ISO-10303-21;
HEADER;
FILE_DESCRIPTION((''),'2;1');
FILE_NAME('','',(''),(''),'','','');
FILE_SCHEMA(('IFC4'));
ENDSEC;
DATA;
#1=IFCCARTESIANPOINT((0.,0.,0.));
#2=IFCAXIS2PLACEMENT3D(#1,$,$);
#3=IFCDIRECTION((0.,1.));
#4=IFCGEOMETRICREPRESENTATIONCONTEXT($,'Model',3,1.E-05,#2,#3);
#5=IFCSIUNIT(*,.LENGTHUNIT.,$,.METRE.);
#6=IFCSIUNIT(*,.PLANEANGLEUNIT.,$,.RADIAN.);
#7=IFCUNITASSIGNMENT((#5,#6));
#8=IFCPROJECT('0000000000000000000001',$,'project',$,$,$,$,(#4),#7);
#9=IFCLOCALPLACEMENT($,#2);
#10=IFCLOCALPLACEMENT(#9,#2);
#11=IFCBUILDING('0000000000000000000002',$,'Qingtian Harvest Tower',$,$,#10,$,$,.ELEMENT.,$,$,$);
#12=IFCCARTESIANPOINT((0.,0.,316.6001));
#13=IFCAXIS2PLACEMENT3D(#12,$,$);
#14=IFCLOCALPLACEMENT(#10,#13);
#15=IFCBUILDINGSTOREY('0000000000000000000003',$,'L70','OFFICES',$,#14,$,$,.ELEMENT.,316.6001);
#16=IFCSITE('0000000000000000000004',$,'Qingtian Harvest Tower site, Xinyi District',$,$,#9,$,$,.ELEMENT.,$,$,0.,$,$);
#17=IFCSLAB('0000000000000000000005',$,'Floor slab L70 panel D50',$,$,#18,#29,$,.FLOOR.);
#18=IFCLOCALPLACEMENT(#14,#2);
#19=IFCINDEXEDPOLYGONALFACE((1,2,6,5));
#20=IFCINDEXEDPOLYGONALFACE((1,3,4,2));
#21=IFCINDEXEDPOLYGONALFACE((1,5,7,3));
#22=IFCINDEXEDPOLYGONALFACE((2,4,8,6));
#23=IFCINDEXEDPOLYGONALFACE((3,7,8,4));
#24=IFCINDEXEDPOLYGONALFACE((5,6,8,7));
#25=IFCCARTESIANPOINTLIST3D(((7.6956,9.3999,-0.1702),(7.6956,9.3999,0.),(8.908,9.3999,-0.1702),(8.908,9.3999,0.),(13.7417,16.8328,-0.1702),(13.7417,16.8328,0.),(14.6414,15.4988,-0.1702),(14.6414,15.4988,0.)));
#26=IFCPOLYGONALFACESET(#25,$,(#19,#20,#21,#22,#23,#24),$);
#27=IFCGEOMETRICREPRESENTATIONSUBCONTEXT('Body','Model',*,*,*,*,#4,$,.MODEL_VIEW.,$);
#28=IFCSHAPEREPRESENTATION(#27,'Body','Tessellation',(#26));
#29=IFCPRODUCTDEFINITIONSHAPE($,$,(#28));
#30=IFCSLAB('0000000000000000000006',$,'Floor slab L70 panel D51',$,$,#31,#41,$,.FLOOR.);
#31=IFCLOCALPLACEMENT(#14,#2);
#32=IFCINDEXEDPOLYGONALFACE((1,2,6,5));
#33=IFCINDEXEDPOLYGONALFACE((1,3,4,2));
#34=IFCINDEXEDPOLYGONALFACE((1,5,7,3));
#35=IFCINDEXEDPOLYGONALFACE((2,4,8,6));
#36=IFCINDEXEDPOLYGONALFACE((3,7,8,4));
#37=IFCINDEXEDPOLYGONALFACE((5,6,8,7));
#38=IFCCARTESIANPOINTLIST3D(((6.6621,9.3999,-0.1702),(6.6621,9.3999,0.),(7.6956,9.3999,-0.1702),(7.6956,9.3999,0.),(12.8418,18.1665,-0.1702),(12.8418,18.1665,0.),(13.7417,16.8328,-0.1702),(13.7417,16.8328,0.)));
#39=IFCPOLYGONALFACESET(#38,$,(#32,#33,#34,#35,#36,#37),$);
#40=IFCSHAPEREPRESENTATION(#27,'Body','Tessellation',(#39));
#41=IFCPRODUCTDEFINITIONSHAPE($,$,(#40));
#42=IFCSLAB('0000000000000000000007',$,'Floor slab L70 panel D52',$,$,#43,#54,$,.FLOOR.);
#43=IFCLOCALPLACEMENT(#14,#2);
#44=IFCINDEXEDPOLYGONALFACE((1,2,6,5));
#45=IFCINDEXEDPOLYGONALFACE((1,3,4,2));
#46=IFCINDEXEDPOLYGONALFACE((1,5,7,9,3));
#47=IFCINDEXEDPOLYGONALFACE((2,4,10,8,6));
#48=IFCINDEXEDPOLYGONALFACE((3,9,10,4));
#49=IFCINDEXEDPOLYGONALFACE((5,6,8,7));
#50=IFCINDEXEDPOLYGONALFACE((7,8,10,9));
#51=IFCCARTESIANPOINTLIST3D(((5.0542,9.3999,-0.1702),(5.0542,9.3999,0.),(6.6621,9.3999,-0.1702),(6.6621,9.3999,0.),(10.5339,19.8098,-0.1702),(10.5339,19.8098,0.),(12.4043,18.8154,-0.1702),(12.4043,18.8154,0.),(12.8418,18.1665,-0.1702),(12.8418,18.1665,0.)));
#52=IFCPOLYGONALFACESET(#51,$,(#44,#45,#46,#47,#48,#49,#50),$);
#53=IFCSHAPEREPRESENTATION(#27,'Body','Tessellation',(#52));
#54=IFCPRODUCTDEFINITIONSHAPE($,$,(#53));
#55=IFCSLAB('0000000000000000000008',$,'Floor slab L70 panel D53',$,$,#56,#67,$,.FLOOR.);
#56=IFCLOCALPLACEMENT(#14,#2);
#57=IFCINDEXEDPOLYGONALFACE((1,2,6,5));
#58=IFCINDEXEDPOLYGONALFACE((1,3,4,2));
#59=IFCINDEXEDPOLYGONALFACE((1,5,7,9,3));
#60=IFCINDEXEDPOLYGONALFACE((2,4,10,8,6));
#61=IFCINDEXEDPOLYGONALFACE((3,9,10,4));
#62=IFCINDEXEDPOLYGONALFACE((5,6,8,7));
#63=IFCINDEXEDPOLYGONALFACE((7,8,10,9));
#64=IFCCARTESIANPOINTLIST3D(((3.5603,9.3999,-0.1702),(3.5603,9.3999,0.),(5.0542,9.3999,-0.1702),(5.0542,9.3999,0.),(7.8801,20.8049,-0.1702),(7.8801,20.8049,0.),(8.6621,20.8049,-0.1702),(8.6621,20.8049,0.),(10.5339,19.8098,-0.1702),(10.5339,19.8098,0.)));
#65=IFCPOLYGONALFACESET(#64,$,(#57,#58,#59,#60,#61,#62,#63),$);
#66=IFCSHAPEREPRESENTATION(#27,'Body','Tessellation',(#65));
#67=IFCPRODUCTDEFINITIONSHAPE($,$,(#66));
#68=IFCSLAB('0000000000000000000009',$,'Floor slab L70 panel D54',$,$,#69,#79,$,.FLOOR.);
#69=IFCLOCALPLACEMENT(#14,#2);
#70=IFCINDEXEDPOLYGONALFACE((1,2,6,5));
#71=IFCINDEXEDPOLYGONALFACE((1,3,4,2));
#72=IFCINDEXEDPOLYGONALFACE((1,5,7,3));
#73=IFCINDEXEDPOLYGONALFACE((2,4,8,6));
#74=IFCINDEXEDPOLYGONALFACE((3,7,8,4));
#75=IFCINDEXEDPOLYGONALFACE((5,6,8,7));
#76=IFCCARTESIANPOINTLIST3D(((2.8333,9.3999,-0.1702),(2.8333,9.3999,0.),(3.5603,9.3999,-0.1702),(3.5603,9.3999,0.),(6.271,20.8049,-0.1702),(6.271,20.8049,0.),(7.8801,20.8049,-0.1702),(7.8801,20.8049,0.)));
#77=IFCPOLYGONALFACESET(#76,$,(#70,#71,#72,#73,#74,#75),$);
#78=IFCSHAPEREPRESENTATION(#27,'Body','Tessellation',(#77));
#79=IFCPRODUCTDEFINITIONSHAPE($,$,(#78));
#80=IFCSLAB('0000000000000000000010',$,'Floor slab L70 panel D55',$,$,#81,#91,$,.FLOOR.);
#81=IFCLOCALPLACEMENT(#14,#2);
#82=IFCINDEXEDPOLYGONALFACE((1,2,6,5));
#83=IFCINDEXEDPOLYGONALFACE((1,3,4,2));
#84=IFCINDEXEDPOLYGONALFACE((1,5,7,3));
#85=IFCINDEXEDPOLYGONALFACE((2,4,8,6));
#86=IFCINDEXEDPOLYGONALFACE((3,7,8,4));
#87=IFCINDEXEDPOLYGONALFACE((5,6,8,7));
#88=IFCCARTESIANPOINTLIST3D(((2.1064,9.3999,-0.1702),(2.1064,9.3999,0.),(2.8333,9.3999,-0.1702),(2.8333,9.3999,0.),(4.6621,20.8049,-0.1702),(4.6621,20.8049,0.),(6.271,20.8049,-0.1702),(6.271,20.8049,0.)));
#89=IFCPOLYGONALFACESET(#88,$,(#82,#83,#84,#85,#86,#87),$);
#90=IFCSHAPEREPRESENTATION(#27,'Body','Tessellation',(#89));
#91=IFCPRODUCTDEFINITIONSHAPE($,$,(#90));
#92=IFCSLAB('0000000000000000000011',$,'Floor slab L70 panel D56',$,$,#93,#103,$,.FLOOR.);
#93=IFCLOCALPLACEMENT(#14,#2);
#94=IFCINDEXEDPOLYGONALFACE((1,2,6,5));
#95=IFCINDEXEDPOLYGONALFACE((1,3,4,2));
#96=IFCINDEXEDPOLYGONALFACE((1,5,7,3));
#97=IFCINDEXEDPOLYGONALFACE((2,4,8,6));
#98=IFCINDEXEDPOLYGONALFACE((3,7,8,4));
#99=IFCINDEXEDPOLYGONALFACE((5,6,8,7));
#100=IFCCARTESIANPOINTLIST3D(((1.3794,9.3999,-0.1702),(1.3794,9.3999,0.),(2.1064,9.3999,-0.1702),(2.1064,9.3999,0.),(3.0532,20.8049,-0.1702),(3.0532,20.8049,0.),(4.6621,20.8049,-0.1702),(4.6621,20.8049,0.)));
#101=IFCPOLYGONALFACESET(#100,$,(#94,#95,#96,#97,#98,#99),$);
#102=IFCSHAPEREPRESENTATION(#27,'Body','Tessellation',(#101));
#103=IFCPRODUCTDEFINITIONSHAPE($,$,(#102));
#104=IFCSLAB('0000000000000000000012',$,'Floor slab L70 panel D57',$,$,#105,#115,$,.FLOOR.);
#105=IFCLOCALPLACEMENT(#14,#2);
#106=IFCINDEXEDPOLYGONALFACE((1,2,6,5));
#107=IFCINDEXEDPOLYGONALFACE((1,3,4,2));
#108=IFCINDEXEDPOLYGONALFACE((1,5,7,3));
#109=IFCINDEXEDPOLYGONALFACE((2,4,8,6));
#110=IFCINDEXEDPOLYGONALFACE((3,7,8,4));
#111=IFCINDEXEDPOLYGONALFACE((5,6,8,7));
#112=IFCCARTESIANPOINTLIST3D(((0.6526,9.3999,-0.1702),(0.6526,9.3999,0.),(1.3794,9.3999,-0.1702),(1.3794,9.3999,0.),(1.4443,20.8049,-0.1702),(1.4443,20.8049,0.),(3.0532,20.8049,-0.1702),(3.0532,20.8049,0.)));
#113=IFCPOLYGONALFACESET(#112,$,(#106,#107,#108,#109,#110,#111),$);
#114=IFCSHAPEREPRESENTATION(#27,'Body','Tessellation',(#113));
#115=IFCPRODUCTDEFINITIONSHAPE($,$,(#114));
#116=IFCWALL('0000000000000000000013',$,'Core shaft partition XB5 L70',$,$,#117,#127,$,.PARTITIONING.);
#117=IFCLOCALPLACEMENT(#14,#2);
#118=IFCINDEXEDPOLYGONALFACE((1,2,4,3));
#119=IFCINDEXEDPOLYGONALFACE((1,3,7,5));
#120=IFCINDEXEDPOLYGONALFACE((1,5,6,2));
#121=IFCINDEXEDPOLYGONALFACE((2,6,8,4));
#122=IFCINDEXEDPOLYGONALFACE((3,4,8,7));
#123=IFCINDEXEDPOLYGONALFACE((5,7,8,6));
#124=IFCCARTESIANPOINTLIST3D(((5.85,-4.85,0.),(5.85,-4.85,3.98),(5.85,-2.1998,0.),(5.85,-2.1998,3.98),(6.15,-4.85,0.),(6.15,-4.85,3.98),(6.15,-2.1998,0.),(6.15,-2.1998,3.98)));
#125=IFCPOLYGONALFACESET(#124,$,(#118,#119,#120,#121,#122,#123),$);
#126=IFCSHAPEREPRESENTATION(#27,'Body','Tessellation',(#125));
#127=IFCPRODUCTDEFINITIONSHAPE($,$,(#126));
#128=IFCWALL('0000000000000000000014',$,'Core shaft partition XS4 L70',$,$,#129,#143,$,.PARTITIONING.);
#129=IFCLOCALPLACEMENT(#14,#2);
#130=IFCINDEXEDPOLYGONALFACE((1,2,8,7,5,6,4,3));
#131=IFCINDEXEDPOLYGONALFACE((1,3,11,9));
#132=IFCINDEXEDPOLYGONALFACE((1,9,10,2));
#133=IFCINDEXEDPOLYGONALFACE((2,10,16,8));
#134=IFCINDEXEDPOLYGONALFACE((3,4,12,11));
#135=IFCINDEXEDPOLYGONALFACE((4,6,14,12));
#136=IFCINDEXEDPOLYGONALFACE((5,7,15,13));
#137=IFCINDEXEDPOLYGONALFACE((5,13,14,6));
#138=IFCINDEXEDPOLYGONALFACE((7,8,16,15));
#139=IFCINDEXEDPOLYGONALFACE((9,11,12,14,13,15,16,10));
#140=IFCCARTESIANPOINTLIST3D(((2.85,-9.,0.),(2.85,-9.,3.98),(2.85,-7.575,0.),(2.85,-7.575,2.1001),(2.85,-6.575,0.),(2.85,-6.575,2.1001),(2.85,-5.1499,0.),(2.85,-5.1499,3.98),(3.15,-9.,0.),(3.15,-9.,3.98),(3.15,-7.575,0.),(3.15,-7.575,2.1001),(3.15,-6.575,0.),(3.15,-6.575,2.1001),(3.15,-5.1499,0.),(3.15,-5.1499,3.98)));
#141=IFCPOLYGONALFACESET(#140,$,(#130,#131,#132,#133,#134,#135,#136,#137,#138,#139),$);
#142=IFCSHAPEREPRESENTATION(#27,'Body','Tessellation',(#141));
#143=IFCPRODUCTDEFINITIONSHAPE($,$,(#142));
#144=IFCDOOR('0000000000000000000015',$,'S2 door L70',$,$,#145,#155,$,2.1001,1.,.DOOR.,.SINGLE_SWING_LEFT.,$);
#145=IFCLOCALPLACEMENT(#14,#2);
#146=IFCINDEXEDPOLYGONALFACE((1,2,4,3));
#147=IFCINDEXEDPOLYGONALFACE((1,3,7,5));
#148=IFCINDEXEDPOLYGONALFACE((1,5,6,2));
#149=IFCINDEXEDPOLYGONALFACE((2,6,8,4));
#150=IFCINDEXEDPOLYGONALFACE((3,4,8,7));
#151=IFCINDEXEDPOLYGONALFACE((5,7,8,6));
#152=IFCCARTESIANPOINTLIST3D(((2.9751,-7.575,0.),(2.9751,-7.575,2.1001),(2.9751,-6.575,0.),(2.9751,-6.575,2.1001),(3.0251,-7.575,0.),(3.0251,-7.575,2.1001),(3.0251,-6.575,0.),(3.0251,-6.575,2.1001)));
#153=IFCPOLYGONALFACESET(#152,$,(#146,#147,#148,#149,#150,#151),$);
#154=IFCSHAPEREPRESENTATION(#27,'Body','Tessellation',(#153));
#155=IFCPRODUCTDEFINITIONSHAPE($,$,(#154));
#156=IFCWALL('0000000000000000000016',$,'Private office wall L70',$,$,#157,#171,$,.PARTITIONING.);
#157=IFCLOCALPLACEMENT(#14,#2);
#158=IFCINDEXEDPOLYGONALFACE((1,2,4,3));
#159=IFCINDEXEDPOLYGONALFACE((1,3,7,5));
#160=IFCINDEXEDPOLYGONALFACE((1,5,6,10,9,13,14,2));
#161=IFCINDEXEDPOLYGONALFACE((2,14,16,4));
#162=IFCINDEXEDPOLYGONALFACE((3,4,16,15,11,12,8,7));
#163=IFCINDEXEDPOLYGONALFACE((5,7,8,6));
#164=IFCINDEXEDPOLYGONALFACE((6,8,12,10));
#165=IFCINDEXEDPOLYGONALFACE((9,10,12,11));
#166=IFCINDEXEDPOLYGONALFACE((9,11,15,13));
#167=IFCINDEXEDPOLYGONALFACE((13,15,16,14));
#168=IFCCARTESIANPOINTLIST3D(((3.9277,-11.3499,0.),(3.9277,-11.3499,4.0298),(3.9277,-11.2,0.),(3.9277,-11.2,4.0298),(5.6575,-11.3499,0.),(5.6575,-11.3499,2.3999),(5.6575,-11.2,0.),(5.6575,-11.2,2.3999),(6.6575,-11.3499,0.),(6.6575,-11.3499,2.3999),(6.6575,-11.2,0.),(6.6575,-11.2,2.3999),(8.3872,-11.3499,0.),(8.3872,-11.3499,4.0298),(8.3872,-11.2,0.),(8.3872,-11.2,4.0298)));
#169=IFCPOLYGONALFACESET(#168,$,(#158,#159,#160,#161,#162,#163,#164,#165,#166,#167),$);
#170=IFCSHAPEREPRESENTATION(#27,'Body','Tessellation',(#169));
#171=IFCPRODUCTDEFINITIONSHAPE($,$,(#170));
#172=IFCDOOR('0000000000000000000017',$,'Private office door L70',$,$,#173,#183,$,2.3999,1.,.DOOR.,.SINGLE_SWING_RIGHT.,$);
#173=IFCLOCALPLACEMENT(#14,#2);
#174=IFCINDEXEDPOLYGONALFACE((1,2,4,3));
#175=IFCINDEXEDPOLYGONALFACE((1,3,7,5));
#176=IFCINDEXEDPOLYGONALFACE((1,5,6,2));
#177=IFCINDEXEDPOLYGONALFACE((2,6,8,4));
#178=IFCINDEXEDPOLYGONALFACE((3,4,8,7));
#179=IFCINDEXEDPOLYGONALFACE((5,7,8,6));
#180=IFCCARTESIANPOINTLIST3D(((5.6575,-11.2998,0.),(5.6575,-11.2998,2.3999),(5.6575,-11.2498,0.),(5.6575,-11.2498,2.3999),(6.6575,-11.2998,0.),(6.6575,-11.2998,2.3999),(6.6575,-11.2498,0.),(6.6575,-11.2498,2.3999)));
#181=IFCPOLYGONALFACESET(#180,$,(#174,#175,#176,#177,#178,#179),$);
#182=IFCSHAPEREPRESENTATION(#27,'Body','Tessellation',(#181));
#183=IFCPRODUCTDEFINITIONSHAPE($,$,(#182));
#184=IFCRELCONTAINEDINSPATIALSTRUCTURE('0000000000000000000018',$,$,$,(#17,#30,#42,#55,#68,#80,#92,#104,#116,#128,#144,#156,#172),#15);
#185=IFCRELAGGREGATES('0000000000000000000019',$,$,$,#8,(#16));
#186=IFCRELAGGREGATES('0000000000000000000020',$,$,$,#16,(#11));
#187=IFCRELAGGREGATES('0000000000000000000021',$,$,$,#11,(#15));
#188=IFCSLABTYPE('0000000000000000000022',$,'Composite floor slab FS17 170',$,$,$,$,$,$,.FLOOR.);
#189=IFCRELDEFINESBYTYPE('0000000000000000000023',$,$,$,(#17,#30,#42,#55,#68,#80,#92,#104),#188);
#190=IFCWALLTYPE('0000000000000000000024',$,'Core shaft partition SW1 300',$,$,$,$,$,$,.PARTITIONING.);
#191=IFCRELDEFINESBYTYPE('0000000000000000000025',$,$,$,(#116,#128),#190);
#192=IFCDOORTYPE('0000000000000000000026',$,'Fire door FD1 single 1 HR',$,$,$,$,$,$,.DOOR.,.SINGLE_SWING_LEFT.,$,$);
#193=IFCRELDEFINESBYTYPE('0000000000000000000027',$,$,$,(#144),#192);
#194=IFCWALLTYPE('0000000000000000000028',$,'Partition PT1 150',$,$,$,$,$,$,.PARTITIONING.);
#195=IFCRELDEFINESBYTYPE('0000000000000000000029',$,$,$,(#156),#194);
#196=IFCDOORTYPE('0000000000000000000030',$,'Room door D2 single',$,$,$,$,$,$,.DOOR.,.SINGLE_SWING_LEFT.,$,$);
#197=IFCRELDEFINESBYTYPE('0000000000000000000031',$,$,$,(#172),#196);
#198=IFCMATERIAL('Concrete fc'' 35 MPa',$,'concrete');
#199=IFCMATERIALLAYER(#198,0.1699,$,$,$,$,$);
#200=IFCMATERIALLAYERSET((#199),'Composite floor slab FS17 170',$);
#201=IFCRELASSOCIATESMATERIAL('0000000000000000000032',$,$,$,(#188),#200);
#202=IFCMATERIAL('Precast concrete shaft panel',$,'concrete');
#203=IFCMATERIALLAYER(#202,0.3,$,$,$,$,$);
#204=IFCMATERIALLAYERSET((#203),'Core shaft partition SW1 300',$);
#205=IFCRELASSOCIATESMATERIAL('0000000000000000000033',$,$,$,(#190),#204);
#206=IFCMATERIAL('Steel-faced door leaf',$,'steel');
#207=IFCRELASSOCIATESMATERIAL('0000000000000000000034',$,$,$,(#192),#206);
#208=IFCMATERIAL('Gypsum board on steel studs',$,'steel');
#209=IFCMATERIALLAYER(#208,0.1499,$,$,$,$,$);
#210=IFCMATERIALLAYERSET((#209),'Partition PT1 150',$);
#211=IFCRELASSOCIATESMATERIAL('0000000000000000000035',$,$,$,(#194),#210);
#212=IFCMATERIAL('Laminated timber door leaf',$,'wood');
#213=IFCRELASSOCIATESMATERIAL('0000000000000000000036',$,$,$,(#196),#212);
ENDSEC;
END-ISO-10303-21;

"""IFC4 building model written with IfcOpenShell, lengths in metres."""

from ifc_helpers import new_model, si_unit, direction, frame, frame_2d, origin, place, context, subcontext, project, spatial, polyline, rectangle, outline, extrude, material, layer, layer_set, type_object, element, fill, save


model = new_model("IFC4")

# Units and contexts
model_context = context("Model", 3, precision=1e-05, world=origin(), true_north=direction((0.0, 1.0)))
body_context = subcontext(model_context, "Body", "Model", "MODEL_VIEW")
ifc_project = project(units=[si_unit("LENGTHUNIT", "METRE"), si_unit("PLANEANGLEUNIT", "RADIAN")], contexts=[model_context])

# Site, building, storey
site_placement = place(None, origin())
site = spatial("IfcSite", under=ifc_project, at=site_placement, Name="Qingtian Harvest Tower site, Xinyi District", CompositionType="ELEMENT", RefElevation=0.0)
building_placement = place(site_placement, origin())
building = spatial("IfcBuilding", under=site, at=building_placement, Name="Qingtian Harvest Tower", CompositionType="ELEMENT")
storey_placement = place(building_placement, frame((0.0, 0.0, 316.6001)))
storey = spatial("IfcBuildingStorey", under=building, at=storey_placement, Name="L70", Description="OFFICES", CompositionType="ELEMENT", Elevation=316.6001)

# Slabs
ifc_material_1 = material(Name="Concrete fc' 35 MPa", Category="concrete")
ifc_layer_1 = layer(ifc_material_1, 0.1699)
ifc_layer_set_1 = layer_set([ifc_layer_1], Name="Composite floor slab FS17 170")
slab_type = type_object("IfcSlabType", Name="Composite floor slab FS17 170", PredefinedType="FLOOR", material=ifc_layer_set_1)
slab_1_placement = place(storey_placement, frame((0.0, 0.0, -0.1702)))
element("IfcSlab", 1, at=slab_1_placement, inside=storey, type_object=slab_type, Name="Floor slab L70 panel D50", PredefinedType="FLOOR", context=body_context, shape_type="SweptSolid", body=[
    extrude(outline(polyline([(7.6956, 9.3999), (13.7417, 16.8328), (14.6414, 15.4988), (8.908, 9.3999), (7.6956, 9.3999)])), origin(), (0.0, 0.0, 1.0), 0.1702),
])
slab_2_placement = place(storey_placement, frame((0.0, 0.0, -0.1702)))
element("IfcSlab", 2, at=slab_2_placement, inside=storey, type_object=slab_type, Name="Floor slab L70 panel D51", PredefinedType="FLOOR", context=body_context, shape_type="SweptSolid", body=[
    extrude(outline(polyline([(6.6621, 9.3999), (12.8418, 18.1665), (13.7417, 16.8328), (7.6956, 9.3999), (6.6621, 9.3999)])), origin(), (0.0, 0.0, 1.0), 0.1702),
])
slab_3_placement = place(storey_placement, frame((0.0, 0.0, -0.1702)))
element("IfcSlab", 3, at=slab_3_placement, inside=storey, type_object=slab_type, Name="Floor slab L70 panel D52", PredefinedType="FLOOR", context=body_context, shape_type="SweptSolid", body=[
    extrude(outline(polyline([(6.6621, 9.3999), (5.0542, 9.3999), (10.5339, 19.8098), (12.4043, 18.8154), (12.8418, 18.1665), (6.6621, 9.3999)])), origin(), (0.0, 0.0, 1.0), 0.1702),
])
slab_4_placement = place(storey_placement, frame((0.0, 0.0, -0.1702)))
element("IfcSlab", 4, at=slab_4_placement, inside=storey, type_object=slab_type, Name="Floor slab L70 panel D53", PredefinedType="FLOOR", context=body_context, shape_type="SweptSolid", body=[
    extrude(outline(polyline([(3.5603, 9.3999), (7.8801, 20.8049), (8.6621, 20.8049), (10.5339, 19.8098), (5.0542, 9.3999), (3.5603, 9.3999)])), origin(), (0.0, 0.0, 1.0), 0.1702),
])
slab_5_placement = place(storey_placement, frame((0.0, 0.0, -0.1702)))
element("IfcSlab", 5, at=slab_5_placement, inside=storey, type_object=slab_type, Name="Floor slab L70 panel D54", PredefinedType="FLOOR", context=body_context, shape_type="SweptSolid", body=[
    extrude(outline(polyline([(2.8333, 9.3999), (6.271, 20.8049), (7.8801, 20.8049), (3.5603, 9.3999), (2.8333, 9.3999)])), origin(), (0.0, 0.0, 1.0), 0.1702),
])
slab_6_placement = place(storey_placement, frame((0.0, 0.0, -0.1702)))
element("IfcSlab", 6, at=slab_6_placement, inside=storey, type_object=slab_type, Name="Floor slab L70 panel D55", PredefinedType="FLOOR", context=body_context, shape_type="SweptSolid", body=[
    extrude(outline(polyline([(2.1064, 9.3999), (4.6621, 20.8049), (6.271, 20.8049), (2.8333, 9.3999), (2.1064, 9.3999)])), origin(), (0.0, 0.0, 1.0), 0.1702),
])
slab_7_placement = place(storey_placement, frame((0.0, 0.0, -0.1702)))
element("IfcSlab", 7, at=slab_7_placement, inside=storey, type_object=slab_type, Name="Floor slab L70 panel D56", PredefinedType="FLOOR", context=body_context, shape_type="SweptSolid", body=[
    extrude(outline(polyline([(1.3794, 9.3999), (3.0532, 20.8049), (4.6621, 20.8049), (2.1064, 9.3999), (1.3794, 9.3999)])), origin(), (0.0, 0.0, 1.0), 0.1702),
])
slab_8_placement = place(storey_placement, frame((0.0, 0.0, -0.1702)))
element("IfcSlab", 8, at=slab_8_placement, inside=storey, type_object=slab_type, Name="Floor slab L70 panel D57", PredefinedType="FLOOR", context=body_context, shape_type="SweptSolid", body=[
    extrude(outline(polyline([(0.6526, 9.3999), (1.4443, 20.8049), (3.0532, 20.8049), (1.3794, 9.3999), (0.6526, 9.3999)])), origin(), (0.0, 0.0, 1.0), 0.1702),
])

# Wall
ifc_material_2 = material(Name="Precast concrete shaft panel", Category="concrete")
ifc_layer_2 = layer(ifc_material_2, 0.3)
ifc_layer_set_2 = layer_set([ifc_layer_2], Name="Core shaft partition SW1 300")
wall_type_1 = type_object("IfcWallType", Name="Core shaft partition SW1 300", PredefinedType="PARTITIONING", material=ifc_layer_set_2)
wall_1_placement = place(storey_placement, frame((6.0, -4.8501, 0.0), z_axis=(0.0, 0.0, 1.0), x_axis=(0.0, 1.0, 0.0)))
element("IfcWall", 9, at=wall_1_placement, inside=storey, type_object=wall_type_1, Name="Core shaft partition XB5 L70", PredefinedType="PARTITIONING", context=body_context, shape_type="SweptSolid", body=[
    extrude(rectangle(XDim=2.6501, YDim=0.3, at=frame_2d((1.3252, 0.0))), origin(), (0.0, 0.0, 1.0), 3.98),
])

# Walls, openings, doors
wall_2_placement = place(storey_placement, frame((3.0, -9.0, 0.0), z_axis=(0.0, 0.0, 1.0), x_axis=(0.0, 1.0, 0.0)))
wall_2 = element("IfcWall", 10, at=wall_2_placement, inside=storey, type_object=wall_type_1, Name="Core shaft partition XS4 L70", PredefinedType="PARTITIONING", context=body_context, shape_type="SweptSolid", body=[
    extrude(rectangle(XDim=3.8501, YDim=0.3, at=frame_2d((1.925, 0.0))), origin(), (0.0, 0.0, 1.0), 3.98),
])
opening_1_placement = place(wall_2_placement, frame((1.425, 0.0, 0.0)))
opening_1 = element("IfcOpeningElement", 11, at=opening_1_placement, cuts=wall_2, PredefinedType="OPENING", context=body_context, shape_type="SweptSolid", body=[
    extrude(rectangle(XDim=1.0, YDim=2.1001, at=frame_2d((0.5, 1.05))), frame((0.0, 0.1599, 0.0), z_axis=(0.0, -1.0, 0.0), x_axis=(1.0, 0.0, 0.0)), (0.0, 0.0, 1.0), 0.3201),
])
ifc_material_3 = material(Name="Steel-faced door leaf", Category="steel")
door_type_1 = type_object("IfcDoorType", Name="Fire door FD1 single 1 HR", OperationType="SINGLE_SWING_LEFT", PredefinedType="DOOR", material=ifc_material_3)
door_1_placement = place(opening_1_placement, origin())
door_1 = element("IfcDoor", 12, at=door_1_placement, inside=storey, type_object=door_type_1, Name="S2 door L70", OperationType="SINGLE_SWING_LEFT", OverallHeight=2.1001, OverallWidth=1.0, PredefinedType="DOOR", context=body_context, shape_type="SweptSolid", body=[
    extrude(rectangle(XDim=1.0, YDim=2.1001, at=frame_2d((0.5, 1.05))), frame((0.0, 0.0249, 0.0), z_axis=(0.0, -1.0, 0.0), x_axis=(1.0, 0.0, 0.0)), (0.0, 0.0, 1.0), 0.05),
])
fill(opening_1, door_1)
ifc_material_4 = material(Name="Gypsum board on steel studs", Category="steel")
ifc_layer_3 = layer(ifc_material_4, 0.1499)
ifc_layer_set_3 = layer_set([ifc_layer_3], Name="Partition PT1 150")
wall_type_2 = type_object("IfcWallType", Name="Partition PT1 150", PredefinedType="PARTITIONING", material=ifc_layer_set_3)
wall_3_placement = place(storey_placement, frame((8.3872, -11.2749, 0.0), z_axis=(0.0, 0.0, 1.0), x_axis=(-1.0, 0.0, 0.0)))
wall_3 = element("IfcWall", 13, at=wall_3_placement, inside=storey, type_object=wall_type_2, Name="Private office wall L70", PredefinedType="PARTITIONING", context=body_context, shape_type="SweptSolid", body=[
    extrude(rectangle(XDim=4.4595, YDim=0.1499, at=frame_2d((2.2297, 0.0))), origin(), (0.0, 0.0, 1.0), 4.0298),
])
opening_2_placement = place(wall_3_placement, frame((1.7297, 0.0, 0.0)))
opening_2 = element("IfcOpeningElement", 14, at=opening_2_placement, cuts=wall_3, PredefinedType="OPENING", context=body_context, shape_type="SweptSolid", body=[
    extrude(rectangle(XDim=1.0, YDim=2.3999, at=frame_2d((0.5, 1.2))), frame((0.0, 0.085, 0.0), z_axis=(0.0, -1.0, 0.0), x_axis=(1.0, 0.0, 0.0)), (0.0, 0.0, 1.0), 0.1699),
])
ifc_material_5 = material(Name="Laminated timber door leaf", Category="wood")
door_type_2 = type_object("IfcDoorType", Name="Room door D2 single", OperationType="SINGLE_SWING_LEFT", PredefinedType="DOOR", material=ifc_material_5)
door_2_placement = place(opening_2_placement, origin())
door_2 = element("IfcDoor", 15, at=door_2_placement, inside=storey, type_object=door_type_2, Name="Private office door L70", OperationType="SINGLE_SWING_RIGHT", OverallHeight=2.3999, OverallWidth=1.0, PredefinedType="DOOR", context=body_context, shape_type="SweptSolid", body=[
    extrude(rectangle(XDim=1.0, YDim=2.3999, at=frame_2d((0.5, 1.2))), frame((0.0, 0.0249, 0.0), z_axis=(0.0, -1.0, 0.0), x_axis=(1.0, 0.0, 0.0)), (0.0, 0.0, 1.0), 0.05),
])
fill(opening_2, door_2)

save(model, "model.ifc")
